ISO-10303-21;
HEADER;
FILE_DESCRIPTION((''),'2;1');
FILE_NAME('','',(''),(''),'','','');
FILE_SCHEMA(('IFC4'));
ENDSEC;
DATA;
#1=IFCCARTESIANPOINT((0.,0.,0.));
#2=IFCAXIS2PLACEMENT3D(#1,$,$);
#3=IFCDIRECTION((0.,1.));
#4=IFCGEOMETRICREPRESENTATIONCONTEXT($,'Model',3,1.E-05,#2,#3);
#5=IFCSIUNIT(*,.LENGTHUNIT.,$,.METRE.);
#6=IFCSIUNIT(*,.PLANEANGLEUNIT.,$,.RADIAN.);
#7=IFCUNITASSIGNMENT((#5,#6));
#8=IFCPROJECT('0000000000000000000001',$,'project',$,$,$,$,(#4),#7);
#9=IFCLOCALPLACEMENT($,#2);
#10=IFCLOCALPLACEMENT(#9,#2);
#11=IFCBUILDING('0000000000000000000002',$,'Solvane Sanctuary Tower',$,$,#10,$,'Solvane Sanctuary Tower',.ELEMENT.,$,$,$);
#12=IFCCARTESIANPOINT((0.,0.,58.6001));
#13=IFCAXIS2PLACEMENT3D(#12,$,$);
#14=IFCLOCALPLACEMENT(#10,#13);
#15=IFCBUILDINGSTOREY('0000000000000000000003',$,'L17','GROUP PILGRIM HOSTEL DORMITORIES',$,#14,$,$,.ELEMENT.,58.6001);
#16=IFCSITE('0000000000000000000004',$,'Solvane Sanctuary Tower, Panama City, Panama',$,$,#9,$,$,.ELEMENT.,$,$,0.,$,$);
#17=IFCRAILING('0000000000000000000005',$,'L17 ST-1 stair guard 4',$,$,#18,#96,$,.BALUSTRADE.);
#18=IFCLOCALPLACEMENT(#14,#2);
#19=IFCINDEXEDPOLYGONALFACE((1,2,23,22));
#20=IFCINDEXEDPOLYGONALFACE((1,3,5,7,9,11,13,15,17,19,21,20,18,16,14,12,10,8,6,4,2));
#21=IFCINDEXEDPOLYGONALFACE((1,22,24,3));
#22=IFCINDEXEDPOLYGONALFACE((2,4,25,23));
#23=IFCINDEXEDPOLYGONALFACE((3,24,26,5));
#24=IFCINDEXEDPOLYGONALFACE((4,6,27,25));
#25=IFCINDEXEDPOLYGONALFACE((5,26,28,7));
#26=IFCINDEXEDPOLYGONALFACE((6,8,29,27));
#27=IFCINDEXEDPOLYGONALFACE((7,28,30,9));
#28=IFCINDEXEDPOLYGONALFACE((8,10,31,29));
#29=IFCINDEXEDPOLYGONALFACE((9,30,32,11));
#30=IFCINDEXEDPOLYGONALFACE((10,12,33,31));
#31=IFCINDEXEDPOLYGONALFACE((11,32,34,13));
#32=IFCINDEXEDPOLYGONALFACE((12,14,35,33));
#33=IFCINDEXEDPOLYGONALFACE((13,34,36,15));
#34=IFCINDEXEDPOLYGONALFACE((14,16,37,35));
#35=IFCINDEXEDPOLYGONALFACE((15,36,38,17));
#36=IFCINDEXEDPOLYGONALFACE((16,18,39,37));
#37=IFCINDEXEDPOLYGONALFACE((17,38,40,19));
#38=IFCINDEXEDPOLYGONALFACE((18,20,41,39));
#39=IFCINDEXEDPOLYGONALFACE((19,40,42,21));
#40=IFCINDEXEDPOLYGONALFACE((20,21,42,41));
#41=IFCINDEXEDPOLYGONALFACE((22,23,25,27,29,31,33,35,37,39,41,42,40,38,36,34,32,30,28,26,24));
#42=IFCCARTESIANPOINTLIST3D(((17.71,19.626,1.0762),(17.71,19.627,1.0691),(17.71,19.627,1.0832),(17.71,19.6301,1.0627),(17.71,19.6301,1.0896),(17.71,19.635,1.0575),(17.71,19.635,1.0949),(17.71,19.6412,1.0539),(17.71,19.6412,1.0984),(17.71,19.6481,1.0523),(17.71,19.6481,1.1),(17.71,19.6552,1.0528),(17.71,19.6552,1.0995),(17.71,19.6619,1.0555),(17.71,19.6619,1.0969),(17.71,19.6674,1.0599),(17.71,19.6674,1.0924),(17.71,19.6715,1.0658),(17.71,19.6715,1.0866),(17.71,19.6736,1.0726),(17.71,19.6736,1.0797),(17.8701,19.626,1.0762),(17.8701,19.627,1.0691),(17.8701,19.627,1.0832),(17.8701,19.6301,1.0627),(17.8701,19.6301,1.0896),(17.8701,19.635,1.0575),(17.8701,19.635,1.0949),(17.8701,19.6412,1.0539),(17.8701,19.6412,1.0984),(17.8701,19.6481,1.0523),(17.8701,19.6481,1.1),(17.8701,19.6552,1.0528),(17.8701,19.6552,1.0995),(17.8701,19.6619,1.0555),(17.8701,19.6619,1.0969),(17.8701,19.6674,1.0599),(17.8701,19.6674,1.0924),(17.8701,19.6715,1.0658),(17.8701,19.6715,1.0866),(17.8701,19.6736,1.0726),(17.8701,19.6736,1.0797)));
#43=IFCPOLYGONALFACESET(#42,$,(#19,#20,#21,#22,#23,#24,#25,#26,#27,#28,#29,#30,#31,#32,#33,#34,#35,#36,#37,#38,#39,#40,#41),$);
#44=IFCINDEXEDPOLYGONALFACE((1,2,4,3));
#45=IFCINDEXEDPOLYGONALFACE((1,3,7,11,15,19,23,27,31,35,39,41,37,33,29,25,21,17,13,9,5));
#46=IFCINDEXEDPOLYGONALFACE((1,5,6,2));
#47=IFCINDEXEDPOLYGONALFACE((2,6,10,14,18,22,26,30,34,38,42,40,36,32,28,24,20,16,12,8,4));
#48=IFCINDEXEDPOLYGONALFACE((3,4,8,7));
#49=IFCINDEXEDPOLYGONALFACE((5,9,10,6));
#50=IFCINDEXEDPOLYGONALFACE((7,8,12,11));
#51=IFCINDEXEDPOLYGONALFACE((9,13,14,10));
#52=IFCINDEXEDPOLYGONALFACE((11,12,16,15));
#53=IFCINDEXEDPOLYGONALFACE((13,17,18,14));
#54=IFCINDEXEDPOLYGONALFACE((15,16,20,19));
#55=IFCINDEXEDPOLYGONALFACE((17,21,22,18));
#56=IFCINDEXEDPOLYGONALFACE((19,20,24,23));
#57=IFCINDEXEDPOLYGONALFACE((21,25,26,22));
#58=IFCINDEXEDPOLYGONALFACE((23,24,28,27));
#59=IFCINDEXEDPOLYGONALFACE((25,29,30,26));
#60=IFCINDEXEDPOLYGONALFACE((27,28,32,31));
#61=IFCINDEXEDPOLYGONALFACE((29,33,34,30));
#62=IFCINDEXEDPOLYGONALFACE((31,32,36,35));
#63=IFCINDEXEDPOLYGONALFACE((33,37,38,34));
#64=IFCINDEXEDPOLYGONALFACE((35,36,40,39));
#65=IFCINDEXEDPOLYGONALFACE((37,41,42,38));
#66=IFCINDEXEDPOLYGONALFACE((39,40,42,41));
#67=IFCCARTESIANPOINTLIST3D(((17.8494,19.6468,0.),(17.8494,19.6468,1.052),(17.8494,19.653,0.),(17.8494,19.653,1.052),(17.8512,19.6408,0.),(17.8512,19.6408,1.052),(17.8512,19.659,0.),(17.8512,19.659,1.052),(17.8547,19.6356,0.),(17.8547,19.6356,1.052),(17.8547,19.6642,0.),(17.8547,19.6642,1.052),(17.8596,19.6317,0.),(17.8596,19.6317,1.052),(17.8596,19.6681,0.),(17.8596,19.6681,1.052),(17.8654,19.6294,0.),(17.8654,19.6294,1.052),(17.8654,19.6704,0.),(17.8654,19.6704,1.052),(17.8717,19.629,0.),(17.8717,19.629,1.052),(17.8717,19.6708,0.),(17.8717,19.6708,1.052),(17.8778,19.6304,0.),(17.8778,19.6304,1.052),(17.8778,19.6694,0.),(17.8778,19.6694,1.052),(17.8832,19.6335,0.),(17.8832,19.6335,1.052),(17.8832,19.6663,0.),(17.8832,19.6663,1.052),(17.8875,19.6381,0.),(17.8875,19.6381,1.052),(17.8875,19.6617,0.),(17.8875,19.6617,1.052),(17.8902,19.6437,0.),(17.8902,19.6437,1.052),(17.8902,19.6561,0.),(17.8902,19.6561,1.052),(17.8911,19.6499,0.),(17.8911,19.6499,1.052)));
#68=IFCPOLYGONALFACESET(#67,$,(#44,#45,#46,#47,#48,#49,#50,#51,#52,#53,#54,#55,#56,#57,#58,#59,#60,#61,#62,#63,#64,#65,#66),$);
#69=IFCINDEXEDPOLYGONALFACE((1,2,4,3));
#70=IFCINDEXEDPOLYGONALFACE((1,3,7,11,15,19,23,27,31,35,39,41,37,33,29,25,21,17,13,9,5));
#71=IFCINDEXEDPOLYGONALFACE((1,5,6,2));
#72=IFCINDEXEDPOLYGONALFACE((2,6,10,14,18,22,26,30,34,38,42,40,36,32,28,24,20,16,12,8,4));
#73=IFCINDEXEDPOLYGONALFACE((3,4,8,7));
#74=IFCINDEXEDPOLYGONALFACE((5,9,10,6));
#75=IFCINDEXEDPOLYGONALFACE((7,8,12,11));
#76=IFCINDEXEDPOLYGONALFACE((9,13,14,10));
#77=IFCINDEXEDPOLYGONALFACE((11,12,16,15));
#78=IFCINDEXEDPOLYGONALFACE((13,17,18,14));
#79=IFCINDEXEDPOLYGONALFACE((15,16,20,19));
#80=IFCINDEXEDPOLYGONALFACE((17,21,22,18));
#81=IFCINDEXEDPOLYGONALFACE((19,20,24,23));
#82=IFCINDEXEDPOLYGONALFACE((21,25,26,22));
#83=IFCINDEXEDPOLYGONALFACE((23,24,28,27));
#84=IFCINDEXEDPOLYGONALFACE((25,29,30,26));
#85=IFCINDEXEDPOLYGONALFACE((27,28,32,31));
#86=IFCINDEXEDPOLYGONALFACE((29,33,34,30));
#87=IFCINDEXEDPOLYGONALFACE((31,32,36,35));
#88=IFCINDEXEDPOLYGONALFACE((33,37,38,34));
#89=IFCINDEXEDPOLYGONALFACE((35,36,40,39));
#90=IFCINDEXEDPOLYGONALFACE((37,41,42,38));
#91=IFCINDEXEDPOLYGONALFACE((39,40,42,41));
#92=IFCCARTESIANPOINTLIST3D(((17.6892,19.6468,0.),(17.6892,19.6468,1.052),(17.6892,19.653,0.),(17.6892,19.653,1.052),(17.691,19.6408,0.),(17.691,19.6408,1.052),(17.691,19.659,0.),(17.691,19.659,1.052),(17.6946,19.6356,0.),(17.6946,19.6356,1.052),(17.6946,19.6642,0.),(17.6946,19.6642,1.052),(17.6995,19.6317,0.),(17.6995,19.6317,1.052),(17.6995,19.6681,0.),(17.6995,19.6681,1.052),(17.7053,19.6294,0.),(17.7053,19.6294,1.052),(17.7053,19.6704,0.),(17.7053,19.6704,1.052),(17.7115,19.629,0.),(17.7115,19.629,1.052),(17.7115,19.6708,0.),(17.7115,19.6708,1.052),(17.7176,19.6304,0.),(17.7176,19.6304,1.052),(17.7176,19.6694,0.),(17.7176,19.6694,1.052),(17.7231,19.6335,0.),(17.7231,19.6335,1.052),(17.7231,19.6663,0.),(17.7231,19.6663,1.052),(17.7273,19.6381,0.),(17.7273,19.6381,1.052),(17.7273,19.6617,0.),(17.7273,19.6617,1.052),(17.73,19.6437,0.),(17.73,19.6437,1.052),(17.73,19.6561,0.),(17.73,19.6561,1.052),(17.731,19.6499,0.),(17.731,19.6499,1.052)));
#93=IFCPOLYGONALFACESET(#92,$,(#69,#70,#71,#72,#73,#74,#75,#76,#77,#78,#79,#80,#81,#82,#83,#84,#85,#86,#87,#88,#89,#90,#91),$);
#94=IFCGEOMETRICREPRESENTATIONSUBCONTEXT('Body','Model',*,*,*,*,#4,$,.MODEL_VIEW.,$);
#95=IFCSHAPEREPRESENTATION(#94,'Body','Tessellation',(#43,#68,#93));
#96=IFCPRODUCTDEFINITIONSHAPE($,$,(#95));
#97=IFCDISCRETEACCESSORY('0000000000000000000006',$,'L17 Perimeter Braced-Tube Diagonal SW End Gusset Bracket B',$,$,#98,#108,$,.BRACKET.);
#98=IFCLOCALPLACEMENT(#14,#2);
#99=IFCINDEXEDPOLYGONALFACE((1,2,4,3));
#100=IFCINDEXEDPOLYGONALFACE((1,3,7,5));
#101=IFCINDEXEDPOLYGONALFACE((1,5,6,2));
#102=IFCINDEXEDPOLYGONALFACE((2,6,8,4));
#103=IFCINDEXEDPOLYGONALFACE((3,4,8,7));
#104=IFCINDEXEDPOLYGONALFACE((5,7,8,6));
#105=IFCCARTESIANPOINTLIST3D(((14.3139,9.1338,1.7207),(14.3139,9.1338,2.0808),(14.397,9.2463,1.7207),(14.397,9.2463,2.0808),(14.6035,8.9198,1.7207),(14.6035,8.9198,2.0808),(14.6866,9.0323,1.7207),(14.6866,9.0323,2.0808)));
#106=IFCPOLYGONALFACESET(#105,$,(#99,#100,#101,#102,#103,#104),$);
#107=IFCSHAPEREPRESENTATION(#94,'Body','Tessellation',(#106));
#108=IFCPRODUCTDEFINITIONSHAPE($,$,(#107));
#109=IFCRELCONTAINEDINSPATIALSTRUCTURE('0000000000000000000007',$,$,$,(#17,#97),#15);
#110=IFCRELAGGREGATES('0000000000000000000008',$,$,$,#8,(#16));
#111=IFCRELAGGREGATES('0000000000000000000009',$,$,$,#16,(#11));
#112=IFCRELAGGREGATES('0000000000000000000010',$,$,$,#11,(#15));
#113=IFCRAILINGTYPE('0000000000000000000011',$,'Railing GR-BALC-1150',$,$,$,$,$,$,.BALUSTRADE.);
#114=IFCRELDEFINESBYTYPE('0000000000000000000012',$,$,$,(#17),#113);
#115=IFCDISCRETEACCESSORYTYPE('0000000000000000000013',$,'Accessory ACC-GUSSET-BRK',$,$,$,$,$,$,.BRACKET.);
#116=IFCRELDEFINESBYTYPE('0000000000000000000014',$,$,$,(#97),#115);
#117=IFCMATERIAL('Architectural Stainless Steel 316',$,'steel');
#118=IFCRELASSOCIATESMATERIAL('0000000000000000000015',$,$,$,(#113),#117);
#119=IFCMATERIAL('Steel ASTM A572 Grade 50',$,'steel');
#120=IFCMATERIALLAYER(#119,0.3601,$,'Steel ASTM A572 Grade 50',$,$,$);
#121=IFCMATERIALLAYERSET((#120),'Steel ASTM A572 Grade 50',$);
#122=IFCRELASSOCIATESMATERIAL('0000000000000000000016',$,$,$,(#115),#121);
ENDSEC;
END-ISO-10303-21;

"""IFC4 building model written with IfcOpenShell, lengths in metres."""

from ifc_helpers import new_model, si_unit, direction, frame, origin, origin_2d, place, context, subcontext, project, spatial, rectangle, circle, extrude, material, layer, layer_set, type_object, element, save


model = new_model("IFC4")

# Units and contexts
model_context = context("Model", 3, precision=1e-05, world=origin(), true_north=direction((0.0, 1.0)))
body_context = subcontext(model_context, "Body", "Model", "MODEL_VIEW")
ifc_project = project(units=[si_unit("LENGTHUNIT", "METRE"), si_unit("PLANEANGLEUNIT", "RADIAN")], contexts=[model_context])

# Site, building, storey
site_placement = place(None, origin())
site = spatial("IfcSite", under=ifc_project, at=site_placement, Name="Solvane Sanctuary Tower, Panama City, Panama", CompositionType="ELEMENT", RefElevation=0.0)
building_placement = place(site_placement, origin())
building = spatial("IfcBuilding", under=site, at=building_placement, Name="Solvane Sanctuary Tower", LongName="Solvane Sanctuary Tower", CompositionType="ELEMENT")
storey_placement = place(building_placement, frame((0.0, 0.0, 58.6001)))
storey = spatial("IfcBuildingStorey", under=building, at=storey_placement, Name="L17", Description="GROUP PILGRIM HOSTEL DORMITORIES", CompositionType="ELEMENT", Elevation=58.6001)

# Shared definitions
ifc_material_1 = material(Name="Architectural Stainless Steel 316", Category="steel")

# Railing
railing_type = type_object("IfcRailingType", Name="Railing GR-BALC-1150", PredefinedType="BALUSTRADE", material=ifc_material_1)
railing_1_placement = place(storey_placement, frame((17.8701, 19.6499, 0.0)))
element("IfcRailing", 1, at=railing_1_placement, inside=storey, type_object=railing_type, Name="L17 ST-1 stair guard 4", PredefinedType="BALUSTRADE", context=body_context, shape_type="SweptSolid", body=[
    extrude(circle(Radius=0.0239, at=origin_2d()), frame((0.0, 0.0, 1.0762), z_axis=(-1.0, 0.0, 0.0), x_axis=(0.0, -1.0, 0.0)), (0.0, 0.0, 1.0), 0.1602),
    extrude(circle(Radius=0.021, at=origin_2d()), origin(), (0.0, 0.0, 1.0), 1.052),
    extrude(circle(Radius=0.021, at=origin_2d()), frame((-0.1602, 0.0, 0.0)), (0.0, 0.0, 1.0), 1.052),
])

# Discrete accessory
ifc_material_2 = material(Name="Steel ASTM A572 Grade 50", Category="steel")
ifc_layer_1 = layer(ifc_material_2, 0.3601, Name="Steel ASTM A572 Grade 50")
ifc_layer_set_1 = layer_set([ifc_layer_1], Name="Steel ASTM A572 Grade 50")
discrete_accessory_type = type_object("IfcDiscreteAccessoryType", Name="Accessory ACC-GUSSET-BRK", PredefinedType="BRACKET", material=ifc_layer_set_1)
discrete_accessory_placement = place(storey_placement, frame((14.5002, 9.083, 1.7207), z_axis=(0.0, 0.0, 1.0), x_axis=(-0.804272, 0.594261, 0.0)))
element("IfcDiscreteAccessory", 2, at=discrete_accessory_placement, inside=storey, type_object=discrete_accessory_type, Name="L17 Perimeter Braced-Tube Diagonal SW End Gusset Bracket B", PredefinedType="BRACKET", context=body_context, shape_type="SweptSolid", body=[
    extrude(rectangle(XDim=0.3601, YDim=0.1399, at=origin_2d()), origin(), (0.0, 0.0, 1.0), 0.3601),
])

save(model, "model.ifc")
